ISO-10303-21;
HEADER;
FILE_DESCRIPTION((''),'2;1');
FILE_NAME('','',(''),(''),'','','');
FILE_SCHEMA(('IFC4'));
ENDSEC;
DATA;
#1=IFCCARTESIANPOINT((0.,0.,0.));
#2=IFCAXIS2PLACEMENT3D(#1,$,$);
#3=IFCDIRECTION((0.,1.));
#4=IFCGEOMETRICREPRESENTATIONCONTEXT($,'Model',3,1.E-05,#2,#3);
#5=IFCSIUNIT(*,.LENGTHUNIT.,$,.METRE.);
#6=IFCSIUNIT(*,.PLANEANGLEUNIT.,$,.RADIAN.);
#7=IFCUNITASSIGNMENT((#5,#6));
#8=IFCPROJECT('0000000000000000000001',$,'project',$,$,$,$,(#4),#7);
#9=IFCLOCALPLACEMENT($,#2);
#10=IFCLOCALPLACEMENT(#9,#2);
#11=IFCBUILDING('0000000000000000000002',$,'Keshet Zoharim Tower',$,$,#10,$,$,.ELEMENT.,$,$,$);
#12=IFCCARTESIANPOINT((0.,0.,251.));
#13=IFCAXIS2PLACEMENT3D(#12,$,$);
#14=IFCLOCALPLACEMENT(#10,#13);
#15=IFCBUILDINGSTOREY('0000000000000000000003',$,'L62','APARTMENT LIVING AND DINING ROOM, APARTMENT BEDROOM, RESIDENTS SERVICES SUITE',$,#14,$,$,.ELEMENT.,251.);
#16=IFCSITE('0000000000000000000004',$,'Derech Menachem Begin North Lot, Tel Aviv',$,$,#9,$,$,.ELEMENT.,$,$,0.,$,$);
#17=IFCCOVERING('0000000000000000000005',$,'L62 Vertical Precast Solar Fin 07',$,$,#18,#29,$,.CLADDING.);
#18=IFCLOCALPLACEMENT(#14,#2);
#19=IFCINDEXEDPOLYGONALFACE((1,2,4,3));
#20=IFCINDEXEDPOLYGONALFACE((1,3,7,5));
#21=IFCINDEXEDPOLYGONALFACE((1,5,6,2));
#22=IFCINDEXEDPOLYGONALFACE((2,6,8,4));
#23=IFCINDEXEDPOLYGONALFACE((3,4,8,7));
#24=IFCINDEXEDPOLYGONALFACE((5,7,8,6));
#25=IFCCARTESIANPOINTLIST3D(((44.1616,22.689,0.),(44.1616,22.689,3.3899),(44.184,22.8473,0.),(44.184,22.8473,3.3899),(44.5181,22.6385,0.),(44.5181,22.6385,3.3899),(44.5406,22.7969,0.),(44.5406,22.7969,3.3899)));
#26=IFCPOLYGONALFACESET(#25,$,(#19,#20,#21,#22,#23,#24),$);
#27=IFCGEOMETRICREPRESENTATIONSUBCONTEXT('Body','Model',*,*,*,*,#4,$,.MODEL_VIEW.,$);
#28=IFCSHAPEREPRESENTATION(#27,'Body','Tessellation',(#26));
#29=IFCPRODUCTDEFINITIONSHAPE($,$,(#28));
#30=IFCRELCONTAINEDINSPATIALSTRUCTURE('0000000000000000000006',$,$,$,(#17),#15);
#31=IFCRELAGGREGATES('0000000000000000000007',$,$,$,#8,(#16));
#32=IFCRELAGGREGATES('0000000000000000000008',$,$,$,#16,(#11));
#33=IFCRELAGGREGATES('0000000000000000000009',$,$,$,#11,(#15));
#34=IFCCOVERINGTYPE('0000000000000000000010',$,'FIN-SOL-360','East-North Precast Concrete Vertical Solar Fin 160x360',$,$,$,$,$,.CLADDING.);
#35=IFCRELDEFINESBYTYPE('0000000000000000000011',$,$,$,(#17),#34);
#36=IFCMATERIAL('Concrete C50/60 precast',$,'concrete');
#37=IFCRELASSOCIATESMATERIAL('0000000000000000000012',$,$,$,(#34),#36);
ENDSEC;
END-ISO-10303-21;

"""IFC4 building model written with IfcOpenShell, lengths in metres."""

from ifc_helpers import new_model, si_unit, direction, frame, origin, origin_2d, place, context, subcontext, project, spatial, rectangle, extrude, material, type_object, element, save


model = new_model("IFC4")

# Units and contexts
model_context = context("Model", 3, precision=1e-05, world=origin(), true_north=direction((0.0, 1.0)))
body_context = subcontext(model_context, "Body", "Model", "MODEL_VIEW")
ifc_project = project(units=[si_unit("LENGTHUNIT", "METRE"), si_unit("PLANEANGLEUNIT", "RADIAN")], contexts=[model_context])

# Site, building, storey
site_placement = place(None, origin())
site = spatial("IfcSite", under=ifc_project, at=site_placement, Name="Derech Menachem Begin North Lot, Tel Aviv", CompositionType="ELEMENT", RefElevation=0.0)
building_placement = place(site_placement, origin())
building = spatial("IfcBuilding", under=site, at=building_placement, Name="Keshet Zoharim Tower", CompositionType="ELEMENT")
storey_placement = place(building_placement, frame((0.0, 0.0, 251.0)))
storey = spatial("IfcBuildingStorey", under=building, at=storey_placement, Name="L62", Description="APARTMENT LIVING AND DINING ROOM, APARTMENT BEDROOM, RESIDENTS SERVICES SUITE", CompositionType="ELEMENT", Elevation=251.0)

# Covering
ifc_material_1 = material(Name="Concrete C50/60 precast", Category="concrete")
covering_type = type_object("IfcCoveringType", Name="FIN-SOL-360", Description="East-North Precast Concrete Vertical Solar Fin 160x360", PredefinedType="CLADDING", material=ifc_material_1)
covering_placement = place(storey_placement, frame((44.3511, 22.7429, 0.0), z_axis=(0.0, 0.0, 1.0), x_axis=(-0.140137, -0.990132, 0.0)))
element("IfcCovering", 1, at=covering_placement, inside=storey, type_object=covering_type, Name="L62 Vertical Precast Solar Fin 07", PredefinedType="CLADDING", context=body_context, shape_type="SweptSolid", body=[
    extrude(rectangle(XDim=0.1599, YDim=0.3601, at=origin_2d()), origin(), (0.0, 0.0, 1.0), 3.3899),
])

save(model, "model.ifc")
